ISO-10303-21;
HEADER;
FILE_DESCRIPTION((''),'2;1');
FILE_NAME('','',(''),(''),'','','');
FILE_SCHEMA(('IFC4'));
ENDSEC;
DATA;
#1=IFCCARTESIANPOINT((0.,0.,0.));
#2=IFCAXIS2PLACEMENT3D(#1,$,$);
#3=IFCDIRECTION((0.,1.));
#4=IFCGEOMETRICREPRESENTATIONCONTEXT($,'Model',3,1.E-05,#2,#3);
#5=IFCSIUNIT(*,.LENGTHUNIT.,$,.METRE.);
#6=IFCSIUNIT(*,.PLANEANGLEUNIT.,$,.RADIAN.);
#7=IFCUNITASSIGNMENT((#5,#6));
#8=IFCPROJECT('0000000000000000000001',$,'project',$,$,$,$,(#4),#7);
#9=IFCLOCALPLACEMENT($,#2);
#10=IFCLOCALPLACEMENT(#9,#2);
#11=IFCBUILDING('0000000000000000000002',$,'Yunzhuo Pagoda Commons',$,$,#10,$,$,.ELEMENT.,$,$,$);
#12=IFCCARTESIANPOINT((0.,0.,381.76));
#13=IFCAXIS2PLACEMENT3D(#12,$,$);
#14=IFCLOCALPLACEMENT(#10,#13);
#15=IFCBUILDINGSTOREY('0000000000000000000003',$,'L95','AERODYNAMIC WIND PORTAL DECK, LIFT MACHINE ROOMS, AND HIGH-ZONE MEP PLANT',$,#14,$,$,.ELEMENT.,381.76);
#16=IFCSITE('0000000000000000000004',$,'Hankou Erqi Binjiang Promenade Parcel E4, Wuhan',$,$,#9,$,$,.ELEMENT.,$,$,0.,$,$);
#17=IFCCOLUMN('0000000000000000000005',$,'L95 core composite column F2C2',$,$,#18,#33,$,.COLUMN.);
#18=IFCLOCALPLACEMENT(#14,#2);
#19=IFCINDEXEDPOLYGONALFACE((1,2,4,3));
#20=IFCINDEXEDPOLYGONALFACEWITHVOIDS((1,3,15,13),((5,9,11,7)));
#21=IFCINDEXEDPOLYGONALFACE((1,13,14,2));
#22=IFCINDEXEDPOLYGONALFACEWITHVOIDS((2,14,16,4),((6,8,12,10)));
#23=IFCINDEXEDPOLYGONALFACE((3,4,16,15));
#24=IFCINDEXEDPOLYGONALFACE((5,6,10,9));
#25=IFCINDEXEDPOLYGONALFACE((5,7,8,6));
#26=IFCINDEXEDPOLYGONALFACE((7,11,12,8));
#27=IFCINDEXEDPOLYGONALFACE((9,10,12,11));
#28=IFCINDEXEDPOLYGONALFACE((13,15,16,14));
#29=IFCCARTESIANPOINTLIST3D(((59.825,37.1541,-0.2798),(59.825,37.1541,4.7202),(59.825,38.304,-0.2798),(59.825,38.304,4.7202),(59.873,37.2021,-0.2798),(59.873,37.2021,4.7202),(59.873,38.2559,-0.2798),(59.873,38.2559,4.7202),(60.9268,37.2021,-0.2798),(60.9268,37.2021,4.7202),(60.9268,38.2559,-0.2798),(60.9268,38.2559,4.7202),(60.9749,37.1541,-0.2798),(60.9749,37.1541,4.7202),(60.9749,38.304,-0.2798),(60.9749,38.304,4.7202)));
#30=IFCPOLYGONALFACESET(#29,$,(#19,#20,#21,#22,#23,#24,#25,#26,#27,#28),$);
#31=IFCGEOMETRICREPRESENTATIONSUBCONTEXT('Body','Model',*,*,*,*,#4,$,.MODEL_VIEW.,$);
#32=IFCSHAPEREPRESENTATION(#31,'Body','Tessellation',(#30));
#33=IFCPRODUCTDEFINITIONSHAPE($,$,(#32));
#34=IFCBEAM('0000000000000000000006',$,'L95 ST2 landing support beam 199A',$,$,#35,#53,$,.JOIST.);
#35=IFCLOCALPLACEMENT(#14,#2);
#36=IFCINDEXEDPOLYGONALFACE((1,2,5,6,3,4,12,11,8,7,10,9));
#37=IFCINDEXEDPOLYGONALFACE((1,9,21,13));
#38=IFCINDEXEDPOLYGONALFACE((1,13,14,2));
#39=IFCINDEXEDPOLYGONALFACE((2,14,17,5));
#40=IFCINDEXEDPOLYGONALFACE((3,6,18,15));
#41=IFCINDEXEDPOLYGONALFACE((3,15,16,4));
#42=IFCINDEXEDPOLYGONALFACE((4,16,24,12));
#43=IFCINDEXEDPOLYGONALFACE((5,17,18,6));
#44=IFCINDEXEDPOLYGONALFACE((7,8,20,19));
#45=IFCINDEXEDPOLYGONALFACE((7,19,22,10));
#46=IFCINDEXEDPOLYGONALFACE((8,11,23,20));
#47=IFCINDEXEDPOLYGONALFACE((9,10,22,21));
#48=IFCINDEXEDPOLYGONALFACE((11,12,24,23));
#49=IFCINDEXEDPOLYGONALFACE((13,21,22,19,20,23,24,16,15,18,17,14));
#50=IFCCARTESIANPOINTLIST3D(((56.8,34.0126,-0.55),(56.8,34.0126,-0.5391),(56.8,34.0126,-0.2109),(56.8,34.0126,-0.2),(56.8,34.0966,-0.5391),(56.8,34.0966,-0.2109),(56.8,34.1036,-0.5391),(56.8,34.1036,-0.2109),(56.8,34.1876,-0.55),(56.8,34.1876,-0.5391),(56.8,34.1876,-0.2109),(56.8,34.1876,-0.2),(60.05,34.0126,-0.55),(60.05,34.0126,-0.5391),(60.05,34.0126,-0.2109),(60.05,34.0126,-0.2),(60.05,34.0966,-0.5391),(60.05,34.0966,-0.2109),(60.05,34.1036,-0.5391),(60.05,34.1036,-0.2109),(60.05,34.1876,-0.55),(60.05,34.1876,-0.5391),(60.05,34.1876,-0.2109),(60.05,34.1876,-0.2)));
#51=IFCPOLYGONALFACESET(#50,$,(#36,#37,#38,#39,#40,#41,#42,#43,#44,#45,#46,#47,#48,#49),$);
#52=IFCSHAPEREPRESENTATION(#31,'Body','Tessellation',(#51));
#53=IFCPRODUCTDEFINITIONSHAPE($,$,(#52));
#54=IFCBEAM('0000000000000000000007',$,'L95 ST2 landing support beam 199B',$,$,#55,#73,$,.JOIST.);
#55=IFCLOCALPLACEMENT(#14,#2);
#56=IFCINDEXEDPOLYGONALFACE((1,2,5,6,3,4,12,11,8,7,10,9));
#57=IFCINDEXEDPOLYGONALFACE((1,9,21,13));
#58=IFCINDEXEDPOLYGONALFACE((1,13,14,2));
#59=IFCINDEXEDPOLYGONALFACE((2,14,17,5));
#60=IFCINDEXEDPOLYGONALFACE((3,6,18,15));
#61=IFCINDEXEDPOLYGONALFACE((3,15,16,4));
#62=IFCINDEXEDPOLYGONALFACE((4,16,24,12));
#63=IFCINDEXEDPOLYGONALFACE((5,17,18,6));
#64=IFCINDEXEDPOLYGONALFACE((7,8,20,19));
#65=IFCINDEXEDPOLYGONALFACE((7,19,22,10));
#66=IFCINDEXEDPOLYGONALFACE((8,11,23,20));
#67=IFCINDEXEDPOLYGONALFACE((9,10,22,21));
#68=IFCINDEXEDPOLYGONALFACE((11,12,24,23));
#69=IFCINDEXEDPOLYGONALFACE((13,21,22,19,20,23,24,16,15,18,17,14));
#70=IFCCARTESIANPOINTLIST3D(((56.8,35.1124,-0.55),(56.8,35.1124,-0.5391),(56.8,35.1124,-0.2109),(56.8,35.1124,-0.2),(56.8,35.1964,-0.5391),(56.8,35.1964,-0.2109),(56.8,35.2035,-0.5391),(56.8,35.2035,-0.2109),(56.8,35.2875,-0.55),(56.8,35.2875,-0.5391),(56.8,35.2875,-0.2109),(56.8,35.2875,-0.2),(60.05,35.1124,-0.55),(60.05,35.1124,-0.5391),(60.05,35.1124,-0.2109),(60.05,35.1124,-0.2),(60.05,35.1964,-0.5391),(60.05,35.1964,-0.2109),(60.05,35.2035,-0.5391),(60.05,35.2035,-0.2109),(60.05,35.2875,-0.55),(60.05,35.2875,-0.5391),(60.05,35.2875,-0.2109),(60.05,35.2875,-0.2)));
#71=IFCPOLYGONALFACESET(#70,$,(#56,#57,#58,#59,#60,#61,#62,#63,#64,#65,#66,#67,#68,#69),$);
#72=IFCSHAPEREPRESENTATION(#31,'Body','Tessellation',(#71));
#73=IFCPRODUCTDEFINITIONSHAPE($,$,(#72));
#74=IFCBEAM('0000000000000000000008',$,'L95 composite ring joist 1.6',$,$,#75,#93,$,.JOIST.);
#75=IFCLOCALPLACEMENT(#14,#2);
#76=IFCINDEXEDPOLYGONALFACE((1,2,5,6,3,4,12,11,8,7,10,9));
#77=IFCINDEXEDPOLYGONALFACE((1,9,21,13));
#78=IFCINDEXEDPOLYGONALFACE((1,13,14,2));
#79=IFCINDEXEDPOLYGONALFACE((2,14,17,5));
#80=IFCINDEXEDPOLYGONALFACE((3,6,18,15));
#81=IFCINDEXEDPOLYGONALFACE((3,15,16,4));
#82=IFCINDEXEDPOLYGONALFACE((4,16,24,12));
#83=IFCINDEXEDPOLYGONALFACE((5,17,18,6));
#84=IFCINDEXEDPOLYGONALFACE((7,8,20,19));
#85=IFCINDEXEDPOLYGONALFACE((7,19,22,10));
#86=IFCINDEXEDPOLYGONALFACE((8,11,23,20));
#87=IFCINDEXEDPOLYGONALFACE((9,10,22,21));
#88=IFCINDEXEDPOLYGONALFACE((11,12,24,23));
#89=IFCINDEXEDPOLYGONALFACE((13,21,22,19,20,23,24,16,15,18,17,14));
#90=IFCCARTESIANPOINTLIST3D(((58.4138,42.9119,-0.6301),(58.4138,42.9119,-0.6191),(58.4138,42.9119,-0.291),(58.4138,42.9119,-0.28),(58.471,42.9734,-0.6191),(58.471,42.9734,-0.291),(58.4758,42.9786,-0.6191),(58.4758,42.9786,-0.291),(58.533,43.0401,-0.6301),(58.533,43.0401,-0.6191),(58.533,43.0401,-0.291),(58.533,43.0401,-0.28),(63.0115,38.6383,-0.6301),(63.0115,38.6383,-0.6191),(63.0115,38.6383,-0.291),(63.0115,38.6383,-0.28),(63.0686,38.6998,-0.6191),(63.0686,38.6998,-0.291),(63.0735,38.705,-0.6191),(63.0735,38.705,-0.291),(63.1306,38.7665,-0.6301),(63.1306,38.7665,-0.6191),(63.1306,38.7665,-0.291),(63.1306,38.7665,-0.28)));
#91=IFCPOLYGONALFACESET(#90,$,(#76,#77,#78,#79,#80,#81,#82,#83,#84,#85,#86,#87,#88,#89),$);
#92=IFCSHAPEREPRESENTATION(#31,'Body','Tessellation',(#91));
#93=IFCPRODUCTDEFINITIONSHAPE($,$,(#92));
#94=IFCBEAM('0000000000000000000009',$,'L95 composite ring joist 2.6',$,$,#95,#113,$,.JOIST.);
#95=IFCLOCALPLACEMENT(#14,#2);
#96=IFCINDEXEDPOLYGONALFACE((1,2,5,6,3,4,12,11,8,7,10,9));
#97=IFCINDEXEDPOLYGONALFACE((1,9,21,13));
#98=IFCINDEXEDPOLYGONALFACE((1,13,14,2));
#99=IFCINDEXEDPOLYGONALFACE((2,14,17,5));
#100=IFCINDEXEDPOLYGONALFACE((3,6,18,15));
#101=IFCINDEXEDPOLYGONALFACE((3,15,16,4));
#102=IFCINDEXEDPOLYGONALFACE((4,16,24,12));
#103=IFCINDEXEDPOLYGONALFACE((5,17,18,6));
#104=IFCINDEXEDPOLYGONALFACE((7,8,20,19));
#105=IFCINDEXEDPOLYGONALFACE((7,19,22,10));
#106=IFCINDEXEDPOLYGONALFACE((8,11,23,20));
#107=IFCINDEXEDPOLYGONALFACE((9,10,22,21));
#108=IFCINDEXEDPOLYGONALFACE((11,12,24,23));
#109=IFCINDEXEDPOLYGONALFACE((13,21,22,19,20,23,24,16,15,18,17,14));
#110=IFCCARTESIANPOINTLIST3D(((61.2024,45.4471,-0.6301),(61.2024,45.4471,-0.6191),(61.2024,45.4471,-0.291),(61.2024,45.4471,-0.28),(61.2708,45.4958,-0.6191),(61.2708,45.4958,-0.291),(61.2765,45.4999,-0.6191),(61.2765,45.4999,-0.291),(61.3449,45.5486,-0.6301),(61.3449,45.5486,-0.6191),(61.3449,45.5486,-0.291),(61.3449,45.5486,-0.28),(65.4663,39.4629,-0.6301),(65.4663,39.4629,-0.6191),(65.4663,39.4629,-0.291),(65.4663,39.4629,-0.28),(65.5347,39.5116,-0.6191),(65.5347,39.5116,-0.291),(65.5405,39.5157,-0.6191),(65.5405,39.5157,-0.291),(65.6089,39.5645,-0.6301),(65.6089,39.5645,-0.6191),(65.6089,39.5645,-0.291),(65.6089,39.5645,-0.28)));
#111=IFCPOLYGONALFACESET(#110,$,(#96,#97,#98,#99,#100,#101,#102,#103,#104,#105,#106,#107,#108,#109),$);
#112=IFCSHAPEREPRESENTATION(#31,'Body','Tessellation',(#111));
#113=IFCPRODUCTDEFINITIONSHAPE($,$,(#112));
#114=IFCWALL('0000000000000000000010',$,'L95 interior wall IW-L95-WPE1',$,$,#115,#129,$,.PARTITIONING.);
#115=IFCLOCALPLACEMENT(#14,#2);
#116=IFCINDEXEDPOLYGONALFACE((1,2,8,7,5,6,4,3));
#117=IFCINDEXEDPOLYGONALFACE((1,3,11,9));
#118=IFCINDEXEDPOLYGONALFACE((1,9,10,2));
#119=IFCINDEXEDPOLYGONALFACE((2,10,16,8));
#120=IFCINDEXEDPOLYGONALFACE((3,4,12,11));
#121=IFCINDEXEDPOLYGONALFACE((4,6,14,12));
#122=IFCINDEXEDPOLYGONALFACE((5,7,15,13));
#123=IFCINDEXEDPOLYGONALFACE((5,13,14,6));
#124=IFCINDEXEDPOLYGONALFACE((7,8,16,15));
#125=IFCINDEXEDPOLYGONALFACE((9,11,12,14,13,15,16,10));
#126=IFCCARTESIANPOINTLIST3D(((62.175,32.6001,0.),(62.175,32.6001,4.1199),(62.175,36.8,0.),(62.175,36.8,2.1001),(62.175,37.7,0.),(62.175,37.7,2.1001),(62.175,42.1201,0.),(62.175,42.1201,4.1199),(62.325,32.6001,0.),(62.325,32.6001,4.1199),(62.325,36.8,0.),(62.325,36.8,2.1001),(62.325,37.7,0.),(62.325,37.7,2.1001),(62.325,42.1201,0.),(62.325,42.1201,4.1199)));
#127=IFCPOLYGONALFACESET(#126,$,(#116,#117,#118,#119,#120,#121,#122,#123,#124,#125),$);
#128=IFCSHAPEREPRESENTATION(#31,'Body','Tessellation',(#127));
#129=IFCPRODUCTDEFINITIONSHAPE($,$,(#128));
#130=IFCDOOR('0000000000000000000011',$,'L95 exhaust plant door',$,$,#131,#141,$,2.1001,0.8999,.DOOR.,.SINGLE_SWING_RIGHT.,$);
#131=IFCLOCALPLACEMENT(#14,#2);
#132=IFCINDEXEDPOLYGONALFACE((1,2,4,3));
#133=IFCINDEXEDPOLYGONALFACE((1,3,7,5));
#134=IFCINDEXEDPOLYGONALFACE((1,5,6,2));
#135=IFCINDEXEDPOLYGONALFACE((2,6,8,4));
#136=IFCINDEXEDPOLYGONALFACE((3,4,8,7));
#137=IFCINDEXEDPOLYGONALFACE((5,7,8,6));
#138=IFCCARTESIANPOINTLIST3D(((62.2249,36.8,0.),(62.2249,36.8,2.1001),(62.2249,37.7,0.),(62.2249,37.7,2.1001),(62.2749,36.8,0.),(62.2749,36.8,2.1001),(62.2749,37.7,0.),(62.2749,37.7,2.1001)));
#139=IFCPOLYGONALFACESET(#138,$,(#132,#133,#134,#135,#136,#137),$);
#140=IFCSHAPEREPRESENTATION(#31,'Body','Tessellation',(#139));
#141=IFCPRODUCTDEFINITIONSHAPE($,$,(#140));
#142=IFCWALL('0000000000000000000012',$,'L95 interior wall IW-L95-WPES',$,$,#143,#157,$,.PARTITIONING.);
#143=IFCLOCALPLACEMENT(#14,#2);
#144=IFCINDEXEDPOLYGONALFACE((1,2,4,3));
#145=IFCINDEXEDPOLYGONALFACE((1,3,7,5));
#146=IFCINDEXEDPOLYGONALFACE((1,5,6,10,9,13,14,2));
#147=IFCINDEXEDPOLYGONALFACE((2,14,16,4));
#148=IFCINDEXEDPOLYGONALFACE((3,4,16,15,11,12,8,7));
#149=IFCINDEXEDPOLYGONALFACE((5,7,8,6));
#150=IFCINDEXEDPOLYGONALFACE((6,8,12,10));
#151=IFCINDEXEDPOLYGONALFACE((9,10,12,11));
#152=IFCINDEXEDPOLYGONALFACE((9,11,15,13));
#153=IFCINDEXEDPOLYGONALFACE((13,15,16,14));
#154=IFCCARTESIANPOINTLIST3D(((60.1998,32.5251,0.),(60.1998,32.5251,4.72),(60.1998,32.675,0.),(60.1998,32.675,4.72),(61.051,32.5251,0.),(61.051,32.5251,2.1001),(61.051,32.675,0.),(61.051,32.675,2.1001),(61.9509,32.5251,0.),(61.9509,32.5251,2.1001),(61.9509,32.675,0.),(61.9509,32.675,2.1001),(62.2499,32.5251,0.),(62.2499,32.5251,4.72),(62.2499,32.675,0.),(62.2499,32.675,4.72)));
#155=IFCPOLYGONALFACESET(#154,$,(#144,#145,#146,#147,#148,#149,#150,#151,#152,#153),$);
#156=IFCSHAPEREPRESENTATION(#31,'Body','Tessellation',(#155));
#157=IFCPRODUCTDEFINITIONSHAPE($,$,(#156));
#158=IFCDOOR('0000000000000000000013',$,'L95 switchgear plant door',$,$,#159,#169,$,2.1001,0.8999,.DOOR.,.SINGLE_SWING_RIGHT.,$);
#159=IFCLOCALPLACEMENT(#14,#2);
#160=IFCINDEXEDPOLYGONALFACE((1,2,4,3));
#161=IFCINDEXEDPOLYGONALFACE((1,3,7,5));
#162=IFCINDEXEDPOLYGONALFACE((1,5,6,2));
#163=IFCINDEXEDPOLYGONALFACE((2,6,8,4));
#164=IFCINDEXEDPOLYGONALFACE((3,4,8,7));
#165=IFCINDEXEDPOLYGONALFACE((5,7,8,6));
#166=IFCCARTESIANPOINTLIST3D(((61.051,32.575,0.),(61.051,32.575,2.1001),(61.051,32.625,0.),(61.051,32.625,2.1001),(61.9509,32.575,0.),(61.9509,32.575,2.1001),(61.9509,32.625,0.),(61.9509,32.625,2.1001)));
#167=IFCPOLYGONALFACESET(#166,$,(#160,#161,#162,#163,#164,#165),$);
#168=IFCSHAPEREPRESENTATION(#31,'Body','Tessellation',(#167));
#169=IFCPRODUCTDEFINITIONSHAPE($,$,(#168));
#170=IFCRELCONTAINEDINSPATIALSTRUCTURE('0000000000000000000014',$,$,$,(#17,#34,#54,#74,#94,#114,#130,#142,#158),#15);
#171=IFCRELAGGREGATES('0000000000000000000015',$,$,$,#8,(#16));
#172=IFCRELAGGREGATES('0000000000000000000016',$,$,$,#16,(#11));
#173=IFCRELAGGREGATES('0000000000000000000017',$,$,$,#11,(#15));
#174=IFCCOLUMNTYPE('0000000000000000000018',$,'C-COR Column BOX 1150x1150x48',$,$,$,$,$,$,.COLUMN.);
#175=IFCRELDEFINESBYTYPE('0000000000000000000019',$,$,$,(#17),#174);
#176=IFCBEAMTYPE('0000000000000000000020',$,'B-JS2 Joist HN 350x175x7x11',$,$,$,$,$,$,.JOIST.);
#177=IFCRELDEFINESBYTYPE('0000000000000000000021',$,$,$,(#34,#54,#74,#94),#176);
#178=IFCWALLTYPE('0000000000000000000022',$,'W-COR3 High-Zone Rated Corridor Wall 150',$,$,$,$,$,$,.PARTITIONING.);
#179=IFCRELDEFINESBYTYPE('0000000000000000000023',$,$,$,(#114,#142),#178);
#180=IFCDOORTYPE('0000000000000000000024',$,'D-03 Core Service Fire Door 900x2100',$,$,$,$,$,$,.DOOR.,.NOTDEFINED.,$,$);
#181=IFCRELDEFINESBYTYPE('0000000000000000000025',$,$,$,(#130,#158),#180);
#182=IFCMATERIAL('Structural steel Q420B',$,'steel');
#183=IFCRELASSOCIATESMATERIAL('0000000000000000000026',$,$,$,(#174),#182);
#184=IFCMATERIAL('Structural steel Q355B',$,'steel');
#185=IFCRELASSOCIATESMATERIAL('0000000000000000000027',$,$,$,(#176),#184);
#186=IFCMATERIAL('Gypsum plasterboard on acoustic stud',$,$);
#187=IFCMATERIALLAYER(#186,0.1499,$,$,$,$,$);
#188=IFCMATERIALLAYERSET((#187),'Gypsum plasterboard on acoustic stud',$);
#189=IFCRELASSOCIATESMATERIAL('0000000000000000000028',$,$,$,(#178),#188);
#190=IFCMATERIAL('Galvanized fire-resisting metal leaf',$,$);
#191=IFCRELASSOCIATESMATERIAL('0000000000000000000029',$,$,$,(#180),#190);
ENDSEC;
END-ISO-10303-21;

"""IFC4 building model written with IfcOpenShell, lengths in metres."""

from ifc_helpers import new_model, si_unit, direction, frame, frame_2d, origin, origin_with_axes, origin_2d, place, context, subcontext, project, spatial, rectangle, hollow_rectangle, i_section, extrude, source, transform, mapped, material, layer, layer_set, material_profile, profile_set, type_object, element, fill, save


model = new_model("IFC4")

# Units and contexts
model_context = context("Model", 3, precision=1e-05, world=origin(), true_north=direction((0.0, 1.0)))
body_context = subcontext(model_context, "Body", "Model", "MODEL_VIEW")
ifc_project = project(units=[si_unit("LENGTHUNIT", "METRE"), si_unit("PLANEANGLEUNIT", "RADIAN")], contexts=[model_context])

# Site, building, storey
site_placement = place(None, origin())
site = spatial("IfcSite", under=ifc_project, at=site_placement, Name="Hankou Erqi Binjiang Promenade Parcel E4, Wuhan", CompositionType="ELEMENT", RefElevation=0.0)
building_placement = place(site_placement, origin())
building = spatial("IfcBuilding", under=site, at=building_placement, Name="Yunzhuo Pagoda Commons", CompositionType="ELEMENT")
storey_placement = place(building_placement, frame((0.0, 0.0, 381.76)))
storey = spatial("IfcBuildingStorey", under=building, at=storey_placement, Name="L95", Description="AERODYNAMIC WIND PORTAL DECK, LIFT MACHINE ROOMS, AND HIGH-ZONE MEP PLANT", CompositionType="ELEMENT", Elevation=381.76)

# Column
ifc_material_1 = material(Name="Structural steel Q420B", Category="steel")
ifc_material_profile_1 = material_profile(ifc_material_1, hollow_rectangle(XDim=1.1499, YDim=1.1499, WallThickness=0.0481, at=origin_2d()), Name="Structural steel Q420B")
ifc_profile_set_1 = profile_set([ifc_material_profile_1], Name="Structural steel Q420B")
column_type = type_object("IfcColumnType", Name="C-COR Column BOX 1150x1150x48", PredefinedType="COLUMN", material=ifc_profile_set_1)
shared_shape_1 = source(origin(), body_context, "Body", "SweptSolid", [
    extrude(hollow_rectangle(XDim=1.1499, YDim=1.1499, WallThickness=0.0481, at=origin_2d()), origin(), (0.0, 0.0, 1.0), 5.0),
])
column_placement = place(storey_placement, frame((60.3999, 37.729, -0.2798), z_axis=(0.0, 0.0, 1.0), x_axis=(1.0, 0.0, 0.0)))
element("IfcColumn", 1, at=column_placement, inside=storey, type_object=column_type, Name="L95 core composite column F2C2", PredefinedType="COLUMN", context=body_context, shape_type="MappedRepresentation", body=[
    mapped(shared_shape_1, transform((0.0, 0.0, 0.0), scale=1.0)),
])

# Beams
ifc_material_2 = material(Name="Structural steel Q355B", Category="steel")
ifc_material_profile_2 = material_profile(ifc_material_2, i_section(OverallWidth=0.175, OverallDepth=0.3501, WebThickness=0.0071, FlangeThickness=0.011, at=origin_2d()), Name="Structural steel Q355B")
ifc_profile_set_2 = profile_set([ifc_material_profile_2], Name="Structural steel Q355B")
beam_type = type_object("IfcBeamType", Name="B-JS2 Joist HN 350x175x7x11", PredefinedType="JOIST", material=ifc_profile_set_2)
shared_shape_2 = source(origin(), body_context, "Body", "SweptSolid", [
    extrude(i_section(OverallWidth=0.175, OverallDepth=0.3501, WebThickness=0.0071, FlangeThickness=0.011, at=origin_2d()), origin(), (0.0, 0.0, 1.0), 3.25),
])
for number, where, z_axis, x_axis, name in (
    (2, (56.8, 34.1001, -0.375), (1.0, 0.0, 0.0), (0.0, 1.0, 0.0), "L95 ST2 landing support beam 199A"),
    (3, (56.8, 35.2, -0.375), (1.0, 0.0, 0.0), (0.0, 1.0, 0.0), "L95 ST2 landing support beam 199B"),
):
    element("IfcBeam", number, at=place(storey_placement, frame(where, z_axis=z_axis, x_axis=x_axis)), inside=storey, type_object=beam_type, Name=name, PredefinedType="JOIST", context=body_context, shape_type="MappedRepresentation", body=[
        mapped(shared_shape_2, transform((0.0, 0.0, 0.0), scale=1.0)),
    ])
shared_shape_3 = source(origin(), body_context, "Body", "SweptSolid", [
    extrude(i_section(OverallWidth=0.175, OverallDepth=0.3501, WebThickness=0.0071, FlangeThickness=0.011, at=origin_2d()), origin(), (0.0, 0.0, 1.0), 6.2771),
])
beam_1_placement = place(storey_placement, frame((63.071, 38.7024, -0.4551), z_axis=(-0.732442, 0.68083, 0.0), x_axis=(-0.68083, -0.732442, 0.0)))
element("IfcBeam", 4, at=beam_1_placement, inside=storey, type_object=beam_type, Name="L95 composite ring joist 1.6", PredefinedType="JOIST", context=body_context, shape_type="MappedRepresentation", body=[
    mapped(shared_shape_3, transform((0.0, 0.0, 0.0), scale=1.0)),
])
shared_shape_4 = source(origin(), body_context, "Body", "SweptSolid", [
    extrude(i_section(OverallWidth=0.175, OverallDepth=0.3501, WebThickness=0.0071, FlangeThickness=0.011, at=origin_2d()), origin(), (0.0, 0.0, 1.0), 7.3479),
])
beam_2_placement = place(storey_placement, frame((65.5376, 39.5137, -0.4551), z_axis=(-0.580295, 0.814406, 0.0), x_axis=(-0.814406, -0.580295, 0.0)))
element("IfcBeam", 5, at=beam_2_placement, inside=storey, type_object=beam_type, Name="L95 composite ring joist 2.6", PredefinedType="JOIST", context=body_context, shape_type="MappedRepresentation", body=[
    mapped(shared_shape_4, transform((0.0, 0.0, 0.0), scale=1.0)),
])

# Walls, openings, doors
ifc_material_3 = material(Name="Gypsum plasterboard on acoustic stud")
ifc_layer_1 = layer(ifc_material_3, 0.1499)
ifc_layer_set_1 = layer_set([ifc_layer_1], Name="Gypsum plasterboard on acoustic stud")
wall_type_1 = type_object("IfcWallType", Name="W-COR3 High-Zone Rated Corridor Wall 150", PredefinedType="PARTITIONING", material=ifc_layer_set_1)
wall_1_placement = place(storey_placement, frame((62.25, 32.6001, 0.0), z_axis=(0.0, 0.0, 1.0), x_axis=(0.0, 1.0, 0.0)))
wall_1 = element("IfcWall", 6, at=wall_1_placement, inside=storey, type_object=wall_type_1, Name="L95 interior wall IW-L95-WPE1", PredefinedType="PARTITIONING", context=body_context, shape_type="SweptSolid", body=[
    extrude(rectangle(XDim=9.52, YDim=0.1499, at=frame_2d((4.76, 0.0))), origin(), (0.0, 0.0, 1.0), 4.1199),
])
opening_1_placement = place(wall_1_placement, frame((4.2, 0.0, 0.0)))
opening_1 = element("IfcOpeningElement", 7, at=opening_1_placement, cuts=wall_1, PredefinedType="OPENING", context=body_context, shape_type="SweptSolid", body=[
    extrude(rectangle(XDim=0.8999, YDim=2.1001, at=frame_2d((0.45, 1.05))), frame((0.0, 0.085, 0.0), z_axis=(0.0, -1.0, 0.0), x_axis=(1.0, 0.0, 0.0)), (0.0, 0.0, 1.0), 0.1699),
])
ifc_material_4 = material(Name="Galvanized fire-resisting metal leaf")
door_type_1 = type_object("IfcDoorType", Name="D-03 Core Service Fire Door 900x2100", OperationType="NOTDEFINED", PredefinedType="DOOR", material=ifc_material_4)
shared_shape_5 = source(origin(), body_context, "Body", "SweptSolid", [
    extrude(rectangle(XDim=0.8999, YDim=2.1001, at=frame_2d((0.45, 1.05))), frame((0.0, 0.0249, 0.0), z_axis=(0.0, -1.0, 0.0), x_axis=(1.0, 0.0, 0.0)), (0.0, 0.0, 1.0), 0.05),
])
door_1_placement = place(opening_1_placement, frame((0.8999, 0.0, 0.0), z_axis=(0.0, 0.0, 1.0), x_axis=(-1.0, 0.0, 0.0)))
door_1 = element("IfcDoor", 8, at=door_1_placement, inside=storey, type_object=door_type_1, Name="L95 exhaust plant door", OperationType="SINGLE_SWING_RIGHT", OverallHeight=2.1001, OverallWidth=0.8999, PredefinedType="DOOR", context=body_context, shape_type="MappedRepresentation", body=[
    mapped(shared_shape_5, transform((0.0, 0.0, 0.0), scale=1.0)),
])
fill(opening_1, door_1)
wall_2_placement = place(storey_placement, frame((60.2, 32.6001, 0.0), z_axis=(0.0, 0.0, 1.0), x_axis=(1.0, 0.0, 0.0)))
wall_2 = element("IfcWall", 9, at=wall_2_placement, inside=storey, type_object=wall_type_1, Name="L95 interior wall IW-L95-WPES", PredefinedType="PARTITIONING", context=body_context, shape_type="SweptSolid", body=[
    extrude(rectangle(XDim=2.05, YDim=0.1499, at=frame_2d((1.0249, 0.0))), origin(), (0.0, 0.0, 1.0), 4.72),
])
opening_2_placement = place(wall_2_placement, frame((0.8511, 0.0, 0.0)))
opening_2 = element("IfcOpeningElement", 10, at=opening_2_placement, cuts=wall_2, PredefinedType="OPENING", context=body_context, shape_type="SweptSolid", body=[
    extrude(rectangle(XDim=0.8999, YDim=2.1001, at=frame_2d((0.45, 1.05))), frame((0.0, 0.085, 0.0), z_axis=(0.0, -1.0, 0.0), x_axis=(1.0, 0.0, 0.0)), (0.0, 0.0, 1.0), 0.1699),
])
door_2_placement = place(opening_2_placement, origin_with_axes())
door_2 = element("IfcDoor", 11, at=door_2_placement, inside=storey, type_object=door_type_1, Name="L95 switchgear plant door", OperationType="SINGLE_SWING_RIGHT", OverallHeight=2.1001, OverallWidth=0.8999, PredefinedType="DOOR", context=body_context, shape_type="MappedRepresentation", body=[
    mapped(shared_shape_5, transform((0.0, 0.0, 0.0), scale=1.0)),
])
fill(opening_2, door_2)

save(model, "model.ifc")
